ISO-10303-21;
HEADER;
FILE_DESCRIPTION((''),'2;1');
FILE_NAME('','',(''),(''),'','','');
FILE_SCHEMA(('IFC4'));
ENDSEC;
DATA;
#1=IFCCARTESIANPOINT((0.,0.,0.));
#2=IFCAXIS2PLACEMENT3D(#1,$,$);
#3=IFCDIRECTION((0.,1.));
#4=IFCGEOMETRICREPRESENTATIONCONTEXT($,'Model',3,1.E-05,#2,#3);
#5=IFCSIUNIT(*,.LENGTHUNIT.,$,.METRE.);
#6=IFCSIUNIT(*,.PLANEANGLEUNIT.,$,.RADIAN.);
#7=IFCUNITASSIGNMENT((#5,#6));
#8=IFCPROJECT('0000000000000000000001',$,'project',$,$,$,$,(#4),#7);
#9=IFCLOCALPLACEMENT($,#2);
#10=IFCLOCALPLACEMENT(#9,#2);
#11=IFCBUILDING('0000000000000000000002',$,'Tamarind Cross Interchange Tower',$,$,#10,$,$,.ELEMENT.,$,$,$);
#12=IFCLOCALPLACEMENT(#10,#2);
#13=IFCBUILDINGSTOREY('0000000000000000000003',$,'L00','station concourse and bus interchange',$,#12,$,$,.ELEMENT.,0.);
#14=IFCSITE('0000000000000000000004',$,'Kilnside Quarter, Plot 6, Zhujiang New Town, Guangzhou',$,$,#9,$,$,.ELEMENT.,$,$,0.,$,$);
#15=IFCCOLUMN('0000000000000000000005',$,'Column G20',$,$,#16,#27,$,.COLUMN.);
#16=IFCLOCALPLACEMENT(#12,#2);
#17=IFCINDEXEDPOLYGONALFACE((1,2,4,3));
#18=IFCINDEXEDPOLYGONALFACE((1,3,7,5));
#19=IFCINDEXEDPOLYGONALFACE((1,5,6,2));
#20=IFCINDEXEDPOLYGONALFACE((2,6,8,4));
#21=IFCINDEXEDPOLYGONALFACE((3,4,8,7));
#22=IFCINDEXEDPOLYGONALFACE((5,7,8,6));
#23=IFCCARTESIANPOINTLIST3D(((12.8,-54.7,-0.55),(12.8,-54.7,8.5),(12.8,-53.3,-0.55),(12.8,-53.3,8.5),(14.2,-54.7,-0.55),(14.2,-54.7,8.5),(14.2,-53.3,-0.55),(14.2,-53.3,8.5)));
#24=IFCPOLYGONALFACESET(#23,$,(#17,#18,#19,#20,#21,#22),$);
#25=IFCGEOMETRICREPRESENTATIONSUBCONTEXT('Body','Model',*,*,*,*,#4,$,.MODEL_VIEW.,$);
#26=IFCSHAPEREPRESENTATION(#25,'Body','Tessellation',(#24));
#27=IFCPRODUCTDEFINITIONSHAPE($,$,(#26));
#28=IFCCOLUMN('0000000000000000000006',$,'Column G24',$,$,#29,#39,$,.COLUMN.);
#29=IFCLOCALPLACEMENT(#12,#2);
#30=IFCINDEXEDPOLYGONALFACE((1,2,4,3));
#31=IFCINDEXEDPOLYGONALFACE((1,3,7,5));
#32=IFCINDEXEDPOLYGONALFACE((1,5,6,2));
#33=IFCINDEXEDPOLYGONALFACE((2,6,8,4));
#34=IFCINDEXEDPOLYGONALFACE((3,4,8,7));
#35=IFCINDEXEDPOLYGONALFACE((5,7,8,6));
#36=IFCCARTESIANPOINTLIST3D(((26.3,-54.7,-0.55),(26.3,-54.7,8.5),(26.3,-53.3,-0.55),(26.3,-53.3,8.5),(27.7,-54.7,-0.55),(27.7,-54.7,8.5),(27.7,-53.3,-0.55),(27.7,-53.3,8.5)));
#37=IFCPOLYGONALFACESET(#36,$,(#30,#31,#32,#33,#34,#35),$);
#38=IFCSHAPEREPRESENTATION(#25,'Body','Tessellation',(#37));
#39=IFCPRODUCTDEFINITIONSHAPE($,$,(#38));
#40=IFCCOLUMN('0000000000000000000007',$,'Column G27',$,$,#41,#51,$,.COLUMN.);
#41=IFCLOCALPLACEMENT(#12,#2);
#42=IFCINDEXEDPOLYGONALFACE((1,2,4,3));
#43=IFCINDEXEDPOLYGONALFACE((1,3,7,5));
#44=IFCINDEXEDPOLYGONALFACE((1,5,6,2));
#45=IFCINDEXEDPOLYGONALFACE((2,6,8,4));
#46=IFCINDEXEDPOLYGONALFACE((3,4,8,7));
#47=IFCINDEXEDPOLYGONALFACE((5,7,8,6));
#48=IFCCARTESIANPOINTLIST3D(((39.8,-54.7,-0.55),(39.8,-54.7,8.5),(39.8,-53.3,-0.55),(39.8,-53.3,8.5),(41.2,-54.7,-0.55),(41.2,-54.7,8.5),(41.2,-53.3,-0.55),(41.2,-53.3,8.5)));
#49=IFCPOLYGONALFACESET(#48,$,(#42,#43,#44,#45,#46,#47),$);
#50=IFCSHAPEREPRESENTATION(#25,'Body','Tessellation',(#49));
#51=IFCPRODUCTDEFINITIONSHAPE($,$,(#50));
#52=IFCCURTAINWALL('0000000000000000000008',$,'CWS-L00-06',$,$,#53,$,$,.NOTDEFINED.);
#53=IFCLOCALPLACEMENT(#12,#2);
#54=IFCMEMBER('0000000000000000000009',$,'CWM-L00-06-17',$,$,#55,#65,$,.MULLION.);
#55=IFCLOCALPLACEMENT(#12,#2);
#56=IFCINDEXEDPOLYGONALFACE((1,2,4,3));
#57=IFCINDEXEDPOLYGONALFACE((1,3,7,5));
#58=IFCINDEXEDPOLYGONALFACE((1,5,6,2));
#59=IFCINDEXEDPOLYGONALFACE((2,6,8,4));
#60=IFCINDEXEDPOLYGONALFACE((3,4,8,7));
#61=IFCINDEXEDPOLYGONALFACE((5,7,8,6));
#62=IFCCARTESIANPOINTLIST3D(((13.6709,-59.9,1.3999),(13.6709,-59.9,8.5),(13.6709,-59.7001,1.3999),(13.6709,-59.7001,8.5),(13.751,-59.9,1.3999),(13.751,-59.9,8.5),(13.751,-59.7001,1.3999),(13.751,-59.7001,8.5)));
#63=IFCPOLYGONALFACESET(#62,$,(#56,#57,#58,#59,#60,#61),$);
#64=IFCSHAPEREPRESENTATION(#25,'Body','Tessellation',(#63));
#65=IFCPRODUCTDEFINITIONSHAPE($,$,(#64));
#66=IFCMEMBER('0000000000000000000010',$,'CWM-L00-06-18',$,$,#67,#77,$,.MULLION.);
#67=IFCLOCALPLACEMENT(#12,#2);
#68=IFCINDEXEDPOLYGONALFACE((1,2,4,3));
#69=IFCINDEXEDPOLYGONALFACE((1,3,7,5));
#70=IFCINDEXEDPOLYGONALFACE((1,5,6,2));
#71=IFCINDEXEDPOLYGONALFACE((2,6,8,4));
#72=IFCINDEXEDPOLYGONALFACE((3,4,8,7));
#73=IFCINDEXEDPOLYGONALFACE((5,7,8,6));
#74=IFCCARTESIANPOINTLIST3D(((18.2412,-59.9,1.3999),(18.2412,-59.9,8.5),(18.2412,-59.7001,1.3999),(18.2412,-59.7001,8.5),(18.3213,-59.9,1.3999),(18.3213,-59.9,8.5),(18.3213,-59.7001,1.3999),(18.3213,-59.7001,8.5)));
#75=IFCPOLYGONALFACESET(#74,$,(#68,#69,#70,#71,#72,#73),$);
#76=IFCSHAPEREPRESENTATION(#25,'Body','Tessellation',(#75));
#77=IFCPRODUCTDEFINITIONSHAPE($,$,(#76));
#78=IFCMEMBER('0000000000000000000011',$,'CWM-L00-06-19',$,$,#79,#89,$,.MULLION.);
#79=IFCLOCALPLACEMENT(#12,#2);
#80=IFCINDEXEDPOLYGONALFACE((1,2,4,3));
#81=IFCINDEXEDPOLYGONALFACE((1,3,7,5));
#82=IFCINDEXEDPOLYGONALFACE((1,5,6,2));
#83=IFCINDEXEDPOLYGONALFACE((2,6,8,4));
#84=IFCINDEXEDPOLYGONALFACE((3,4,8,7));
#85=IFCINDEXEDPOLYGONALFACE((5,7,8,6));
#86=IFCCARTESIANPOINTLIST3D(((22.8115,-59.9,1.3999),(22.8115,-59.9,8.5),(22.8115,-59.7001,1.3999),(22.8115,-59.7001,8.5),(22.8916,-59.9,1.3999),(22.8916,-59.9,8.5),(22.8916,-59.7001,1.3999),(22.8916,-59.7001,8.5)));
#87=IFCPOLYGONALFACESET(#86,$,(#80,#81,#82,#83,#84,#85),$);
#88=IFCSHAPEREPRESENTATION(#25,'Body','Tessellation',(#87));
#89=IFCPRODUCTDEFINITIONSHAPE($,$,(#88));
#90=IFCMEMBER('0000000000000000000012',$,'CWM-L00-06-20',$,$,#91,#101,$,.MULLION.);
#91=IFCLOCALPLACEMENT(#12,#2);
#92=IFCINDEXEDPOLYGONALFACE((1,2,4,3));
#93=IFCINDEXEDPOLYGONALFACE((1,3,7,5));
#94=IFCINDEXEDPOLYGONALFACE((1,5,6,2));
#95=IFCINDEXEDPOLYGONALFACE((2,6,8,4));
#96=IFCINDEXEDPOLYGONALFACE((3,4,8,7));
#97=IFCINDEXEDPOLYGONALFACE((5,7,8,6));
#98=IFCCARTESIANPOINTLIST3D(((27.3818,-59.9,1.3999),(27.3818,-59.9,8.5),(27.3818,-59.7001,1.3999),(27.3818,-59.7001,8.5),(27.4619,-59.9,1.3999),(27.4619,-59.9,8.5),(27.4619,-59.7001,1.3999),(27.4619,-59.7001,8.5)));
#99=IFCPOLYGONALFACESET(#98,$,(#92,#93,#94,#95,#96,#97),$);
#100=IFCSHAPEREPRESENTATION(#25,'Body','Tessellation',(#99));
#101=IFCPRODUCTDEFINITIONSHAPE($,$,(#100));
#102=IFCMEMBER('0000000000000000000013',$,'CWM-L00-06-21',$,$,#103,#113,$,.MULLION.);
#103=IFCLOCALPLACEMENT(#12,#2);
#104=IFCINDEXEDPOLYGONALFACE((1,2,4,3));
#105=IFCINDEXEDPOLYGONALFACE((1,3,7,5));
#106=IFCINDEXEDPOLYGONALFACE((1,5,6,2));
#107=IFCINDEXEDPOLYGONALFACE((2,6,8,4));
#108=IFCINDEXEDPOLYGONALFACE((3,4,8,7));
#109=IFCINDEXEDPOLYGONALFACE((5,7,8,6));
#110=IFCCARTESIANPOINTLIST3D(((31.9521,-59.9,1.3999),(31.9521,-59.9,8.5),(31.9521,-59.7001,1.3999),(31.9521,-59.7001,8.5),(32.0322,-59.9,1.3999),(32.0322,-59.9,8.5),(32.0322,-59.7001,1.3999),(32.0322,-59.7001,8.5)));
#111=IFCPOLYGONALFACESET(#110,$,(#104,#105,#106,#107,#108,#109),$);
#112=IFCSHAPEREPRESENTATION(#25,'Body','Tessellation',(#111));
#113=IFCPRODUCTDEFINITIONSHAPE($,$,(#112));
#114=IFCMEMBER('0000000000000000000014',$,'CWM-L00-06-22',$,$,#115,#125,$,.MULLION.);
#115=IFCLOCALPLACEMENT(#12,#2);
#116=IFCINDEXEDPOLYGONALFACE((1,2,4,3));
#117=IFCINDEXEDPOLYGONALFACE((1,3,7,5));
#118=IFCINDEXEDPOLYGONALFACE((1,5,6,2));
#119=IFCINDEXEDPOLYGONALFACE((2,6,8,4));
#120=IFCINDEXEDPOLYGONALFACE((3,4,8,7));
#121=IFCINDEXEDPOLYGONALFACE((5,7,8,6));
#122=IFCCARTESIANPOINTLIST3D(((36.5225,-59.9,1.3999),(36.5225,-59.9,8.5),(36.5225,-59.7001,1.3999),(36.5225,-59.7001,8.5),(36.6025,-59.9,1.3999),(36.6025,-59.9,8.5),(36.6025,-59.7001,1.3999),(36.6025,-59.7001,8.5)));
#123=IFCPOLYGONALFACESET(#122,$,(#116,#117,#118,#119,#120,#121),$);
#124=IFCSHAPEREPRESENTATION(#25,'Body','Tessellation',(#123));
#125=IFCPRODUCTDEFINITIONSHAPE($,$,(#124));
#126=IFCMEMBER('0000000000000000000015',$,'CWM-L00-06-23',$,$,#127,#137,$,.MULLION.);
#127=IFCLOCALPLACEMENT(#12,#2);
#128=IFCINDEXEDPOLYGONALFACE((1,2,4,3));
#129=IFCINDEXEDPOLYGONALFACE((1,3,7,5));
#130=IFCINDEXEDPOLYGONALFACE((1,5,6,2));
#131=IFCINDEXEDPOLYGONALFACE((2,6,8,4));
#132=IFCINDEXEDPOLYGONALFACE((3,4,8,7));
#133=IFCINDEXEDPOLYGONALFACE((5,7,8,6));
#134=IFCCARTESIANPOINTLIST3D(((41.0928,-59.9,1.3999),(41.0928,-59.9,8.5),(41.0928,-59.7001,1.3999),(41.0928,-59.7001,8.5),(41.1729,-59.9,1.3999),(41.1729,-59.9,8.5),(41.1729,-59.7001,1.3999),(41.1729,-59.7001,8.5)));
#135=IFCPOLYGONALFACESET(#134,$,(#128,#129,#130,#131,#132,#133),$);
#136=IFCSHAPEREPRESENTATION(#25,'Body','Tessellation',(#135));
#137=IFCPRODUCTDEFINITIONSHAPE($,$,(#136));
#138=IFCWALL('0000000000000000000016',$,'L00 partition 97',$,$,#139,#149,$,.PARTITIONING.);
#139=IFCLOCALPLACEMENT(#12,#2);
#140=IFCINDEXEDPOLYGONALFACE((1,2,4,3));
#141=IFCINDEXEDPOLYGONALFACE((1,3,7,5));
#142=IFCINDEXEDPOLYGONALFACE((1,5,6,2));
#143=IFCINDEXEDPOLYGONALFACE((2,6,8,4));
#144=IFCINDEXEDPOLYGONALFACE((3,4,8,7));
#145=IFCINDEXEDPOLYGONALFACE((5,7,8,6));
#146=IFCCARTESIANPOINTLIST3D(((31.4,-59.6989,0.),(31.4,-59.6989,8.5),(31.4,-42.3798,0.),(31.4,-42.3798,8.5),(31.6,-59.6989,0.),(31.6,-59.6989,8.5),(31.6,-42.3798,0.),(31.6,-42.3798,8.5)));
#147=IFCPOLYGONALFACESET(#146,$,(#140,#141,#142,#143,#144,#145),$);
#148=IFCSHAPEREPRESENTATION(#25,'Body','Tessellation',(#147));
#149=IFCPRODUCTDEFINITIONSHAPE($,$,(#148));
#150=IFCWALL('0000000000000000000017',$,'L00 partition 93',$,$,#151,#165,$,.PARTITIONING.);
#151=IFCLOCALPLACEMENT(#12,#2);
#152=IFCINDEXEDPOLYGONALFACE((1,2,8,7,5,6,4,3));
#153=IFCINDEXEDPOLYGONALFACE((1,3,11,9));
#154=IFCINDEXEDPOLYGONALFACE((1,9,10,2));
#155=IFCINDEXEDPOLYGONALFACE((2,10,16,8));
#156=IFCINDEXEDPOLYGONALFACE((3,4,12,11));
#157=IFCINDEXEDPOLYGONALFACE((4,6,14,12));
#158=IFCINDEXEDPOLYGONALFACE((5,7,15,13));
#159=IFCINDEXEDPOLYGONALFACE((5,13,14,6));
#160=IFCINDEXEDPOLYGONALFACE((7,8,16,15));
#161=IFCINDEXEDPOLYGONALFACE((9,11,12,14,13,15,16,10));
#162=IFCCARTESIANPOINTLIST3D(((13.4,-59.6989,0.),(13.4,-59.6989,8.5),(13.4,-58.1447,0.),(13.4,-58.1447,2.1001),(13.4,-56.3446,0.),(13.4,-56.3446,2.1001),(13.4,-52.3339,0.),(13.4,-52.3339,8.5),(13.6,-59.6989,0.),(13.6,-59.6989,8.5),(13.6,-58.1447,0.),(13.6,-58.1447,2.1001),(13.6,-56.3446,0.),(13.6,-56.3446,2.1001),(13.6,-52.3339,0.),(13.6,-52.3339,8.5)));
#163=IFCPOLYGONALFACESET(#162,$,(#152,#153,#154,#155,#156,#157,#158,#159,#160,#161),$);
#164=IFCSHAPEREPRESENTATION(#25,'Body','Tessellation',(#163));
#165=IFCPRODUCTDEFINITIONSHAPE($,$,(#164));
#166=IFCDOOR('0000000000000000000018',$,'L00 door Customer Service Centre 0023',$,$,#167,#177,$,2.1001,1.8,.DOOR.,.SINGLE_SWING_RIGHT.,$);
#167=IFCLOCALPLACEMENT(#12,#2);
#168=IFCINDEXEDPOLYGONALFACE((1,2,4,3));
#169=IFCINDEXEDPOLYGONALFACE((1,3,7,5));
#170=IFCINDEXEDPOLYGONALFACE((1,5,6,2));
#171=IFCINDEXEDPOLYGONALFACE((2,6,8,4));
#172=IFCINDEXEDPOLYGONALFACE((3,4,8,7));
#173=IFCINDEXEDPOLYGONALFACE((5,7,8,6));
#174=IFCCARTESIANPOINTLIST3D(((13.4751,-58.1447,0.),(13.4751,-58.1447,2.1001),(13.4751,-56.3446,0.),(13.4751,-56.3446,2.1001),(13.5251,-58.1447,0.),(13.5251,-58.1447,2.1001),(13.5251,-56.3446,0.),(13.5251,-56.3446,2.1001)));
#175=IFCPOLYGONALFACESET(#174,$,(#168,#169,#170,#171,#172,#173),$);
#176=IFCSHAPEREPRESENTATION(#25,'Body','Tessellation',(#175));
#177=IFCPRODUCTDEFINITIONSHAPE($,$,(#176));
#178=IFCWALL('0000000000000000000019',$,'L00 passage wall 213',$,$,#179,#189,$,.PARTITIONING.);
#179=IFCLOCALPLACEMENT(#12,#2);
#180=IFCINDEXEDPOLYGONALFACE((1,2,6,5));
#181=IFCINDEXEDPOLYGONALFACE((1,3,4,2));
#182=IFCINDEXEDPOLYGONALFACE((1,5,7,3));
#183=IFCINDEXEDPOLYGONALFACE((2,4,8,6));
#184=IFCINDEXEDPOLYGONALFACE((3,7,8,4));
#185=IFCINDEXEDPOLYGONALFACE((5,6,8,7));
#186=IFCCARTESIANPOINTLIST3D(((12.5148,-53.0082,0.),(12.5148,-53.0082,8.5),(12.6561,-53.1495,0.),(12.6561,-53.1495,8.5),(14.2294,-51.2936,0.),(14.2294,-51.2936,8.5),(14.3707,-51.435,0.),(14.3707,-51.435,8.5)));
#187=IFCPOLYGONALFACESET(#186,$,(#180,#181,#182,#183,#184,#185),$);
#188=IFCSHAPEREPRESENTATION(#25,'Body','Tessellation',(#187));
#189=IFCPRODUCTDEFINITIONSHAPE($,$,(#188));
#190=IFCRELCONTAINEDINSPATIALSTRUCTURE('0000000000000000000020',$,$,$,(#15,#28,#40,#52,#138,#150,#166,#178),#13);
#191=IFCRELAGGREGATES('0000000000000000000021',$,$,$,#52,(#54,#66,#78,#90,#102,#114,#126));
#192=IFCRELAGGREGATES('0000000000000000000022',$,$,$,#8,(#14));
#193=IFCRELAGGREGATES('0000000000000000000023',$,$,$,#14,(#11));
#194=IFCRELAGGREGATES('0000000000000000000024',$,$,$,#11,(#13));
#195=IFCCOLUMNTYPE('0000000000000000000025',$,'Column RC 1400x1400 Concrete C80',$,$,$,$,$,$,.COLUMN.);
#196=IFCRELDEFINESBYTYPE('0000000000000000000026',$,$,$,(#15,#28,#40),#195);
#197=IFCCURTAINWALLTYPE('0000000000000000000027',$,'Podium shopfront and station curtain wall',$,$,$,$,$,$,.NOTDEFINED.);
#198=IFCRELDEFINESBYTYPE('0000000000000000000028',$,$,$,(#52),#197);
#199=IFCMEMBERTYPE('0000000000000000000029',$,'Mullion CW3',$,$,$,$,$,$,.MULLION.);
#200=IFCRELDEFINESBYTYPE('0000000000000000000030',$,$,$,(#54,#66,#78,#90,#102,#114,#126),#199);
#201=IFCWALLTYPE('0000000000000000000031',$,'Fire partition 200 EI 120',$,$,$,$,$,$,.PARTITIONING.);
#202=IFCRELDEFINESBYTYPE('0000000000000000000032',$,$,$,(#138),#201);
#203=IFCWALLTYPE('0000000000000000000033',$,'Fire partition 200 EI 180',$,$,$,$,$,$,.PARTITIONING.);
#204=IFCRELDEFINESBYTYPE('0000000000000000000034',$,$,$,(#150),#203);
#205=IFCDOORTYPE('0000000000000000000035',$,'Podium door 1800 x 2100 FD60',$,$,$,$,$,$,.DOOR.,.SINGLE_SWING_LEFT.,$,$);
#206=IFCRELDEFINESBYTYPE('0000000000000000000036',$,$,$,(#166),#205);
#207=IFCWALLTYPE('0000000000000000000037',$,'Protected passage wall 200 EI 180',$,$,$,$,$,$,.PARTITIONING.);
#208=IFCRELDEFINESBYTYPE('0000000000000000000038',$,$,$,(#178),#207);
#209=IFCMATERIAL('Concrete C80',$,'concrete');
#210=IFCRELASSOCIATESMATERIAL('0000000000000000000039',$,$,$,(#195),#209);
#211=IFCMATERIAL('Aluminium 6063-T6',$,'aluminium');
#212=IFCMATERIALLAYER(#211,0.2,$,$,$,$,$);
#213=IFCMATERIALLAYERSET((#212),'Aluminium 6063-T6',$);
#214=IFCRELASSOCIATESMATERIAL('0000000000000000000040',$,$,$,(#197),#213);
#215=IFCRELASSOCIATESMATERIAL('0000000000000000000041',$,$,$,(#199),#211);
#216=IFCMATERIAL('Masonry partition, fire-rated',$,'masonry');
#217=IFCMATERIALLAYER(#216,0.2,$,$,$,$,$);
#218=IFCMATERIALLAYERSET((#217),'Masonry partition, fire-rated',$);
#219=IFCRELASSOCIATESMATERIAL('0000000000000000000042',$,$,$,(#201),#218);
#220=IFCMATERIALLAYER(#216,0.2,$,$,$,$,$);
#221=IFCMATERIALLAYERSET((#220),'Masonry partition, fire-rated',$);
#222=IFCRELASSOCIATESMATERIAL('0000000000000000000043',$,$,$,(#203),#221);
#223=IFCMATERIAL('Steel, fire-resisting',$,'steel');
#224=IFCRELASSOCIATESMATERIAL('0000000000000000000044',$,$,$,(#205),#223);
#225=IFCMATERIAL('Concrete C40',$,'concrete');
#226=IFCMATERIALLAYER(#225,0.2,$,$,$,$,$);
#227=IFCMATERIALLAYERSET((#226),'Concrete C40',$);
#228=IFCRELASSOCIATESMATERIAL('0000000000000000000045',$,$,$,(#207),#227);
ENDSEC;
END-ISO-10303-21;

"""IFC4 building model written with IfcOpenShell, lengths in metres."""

from ifc_helpers import new_model, si_unit, direction, frame, frame_2d, origin, origin_2d, place, context, subcontext, project, spatial, rectangle, extrude, material, layer, layer_set, material_profile, profile_set, type_object, element, fill, aggregate, save


model = new_model("IFC4")

# Units and contexts
model_context = context("Model", 3, precision=1e-05, world=origin(), true_north=direction((0.0, 1.0)))
body_context = subcontext(model_context, "Body", "Model", "MODEL_VIEW")
ifc_project = project(units=[si_unit("LENGTHUNIT", "METRE"), si_unit("PLANEANGLEUNIT", "RADIAN")], contexts=[model_context])

# Site, building, storey
site_placement = place(None, origin())
site = spatial("IfcSite", under=ifc_project, at=site_placement, Name="Kilnside Quarter, Plot 6, Zhujiang New Town, Guangzhou", CompositionType="ELEMENT", RefElevation=0.0)
building_placement = place(site_placement, origin())
building = spatial("IfcBuilding", under=site, at=building_placement, Name="Tamarind Cross Interchange Tower", CompositionType="ELEMENT")
storey_placement = place(building_placement, origin())
storey = spatial("IfcBuildingStorey", under=building, at=storey_placement, Name="L00", Description="station concourse and bus interchange", CompositionType="ELEMENT", Elevation=0.0)

# Columns
ifc_material_1 = material(Name="Concrete C80", Category="concrete")
ifc_material_profile_1 = material_profile(ifc_material_1, rectangle(XDim=1.3999, YDim=1.3999, at=origin_2d()), Name="RC 1400x1400")
ifc_profile_set_1 = profile_set([ifc_material_profile_1], Name="Concrete C80")
column_type = type_object("IfcColumnType", Name="Column RC 1400x1400 Concrete C80", PredefinedType="COLUMN", material=ifc_profile_set_1)
for number, where, z_axis, x_axis, name in (
    (1, (13.5, -54.0, -0.55), (0.0, 0.0, 1.0), (1.0, 0.0, 0.0), "Column G20"),
    (2, (27.0, -54.0, -0.55), (0.0, 0.0, 1.0), (1.0, 0.0, 0.0), "Column G24"),
    (3, (40.5, -54.0, -0.55), (0.0, 0.0, 1.0), (1.0, 0.0, 0.0), "Column G27"),
):
    element("IfcColumn", number, at=place(storey_placement, frame(where, z_axis=z_axis, x_axis=x_axis)), inside=storey, type_object=column_type, Name=name, PredefinedType="COLUMN", context=body_context, shape_type="SweptSolid", body=[
        extrude(rectangle(XDim=1.3999, YDim=1.3999, at=origin_2d()), origin(), (0.0, 0.0, 1.0), 9.05),
    ])

# Curtain wall, members
ifc_material_2 = material(Name="Aluminium 6063-T6", Category="aluminium")
ifc_layer_1 = layer(ifc_material_2, 0.2)
ifc_layer_set_1 = layer_set([ifc_layer_1], Name="Aluminium 6063-T6")
curtain_wall_type = type_object("IfcCurtainWallType", Name="Podium shopfront and station curtain wall", PredefinedType="NOTDEFINED", material=ifc_layer_set_1)
curtain_wall_placement = place(storey_placement, origin())
curtain_wall = element("IfcCurtainWall", 4, at=curtain_wall_placement, inside=storey, type_object=curtain_wall_type, Name="CWS-L00-06", PredefinedType="NOTDEFINED")
ifc_material_profile_2 = material_profile(ifc_material_2, rectangle(XDim=0.0801, YDim=0.2, at=origin_2d()), Name="Mullion CW3")
ifc_profile_set_2 = profile_set([ifc_material_profile_2], Name="Aluminium 6063-T6")
member_type = type_object("IfcMemberType", Name="Mullion CW3", PredefinedType="MULLION", material=ifc_profile_set_2)
member_1_placement = place(storey_placement, frame((13.7109, -59.8, 1.3999), z_axis=(0.0, 0.0, 1.0), x_axis=(1.0, 0.0, 0.0)))
member_1 = element("IfcMember", 5, at=member_1_placement, type_object=member_type, Name="CWM-L00-06-17", PredefinedType="MULLION", context=body_context, shape_type="SweptSolid", body=[
    extrude(rectangle(XDim=0.0801, YDim=0.2, at=origin_2d()), origin(), (0.0, 0.0, 1.0), 7.1001),
])
member_2_placement = place(storey_placement, frame((18.2812, -59.8, 1.3999), z_axis=(0.0, 0.0, 1.0), x_axis=(1.0, 0.0, 0.0)))
member_2 = element("IfcMember", 6, at=member_2_placement, type_object=member_type, Name="CWM-L00-06-18", PredefinedType="MULLION", context=body_context, shape_type="SweptSolid", body=[
    extrude(rectangle(XDim=0.0801, YDim=0.2, at=origin_2d()), origin(), (0.0, 0.0, 1.0), 7.1001),
])
member_3_placement = place(storey_placement, frame((22.8516, -59.8, 1.3999), z_axis=(0.0, 0.0, 1.0), x_axis=(1.0, 0.0, 0.0)))
member_3 = element("IfcMember", 7, at=member_3_placement, type_object=member_type, Name="CWM-L00-06-19", PredefinedType="MULLION", context=body_context, shape_type="SweptSolid", body=[
    extrude(rectangle(XDim=0.0801, YDim=0.2, at=origin_2d()), origin(), (0.0, 0.0, 1.0), 7.1001),
])
member_4_placement = place(storey_placement, frame((27.4219, -59.8, 1.3999), z_axis=(0.0, 0.0, 1.0), x_axis=(1.0, 0.0, 0.0)))
member_4 = element("IfcMember", 8, at=member_4_placement, type_object=member_type, Name="CWM-L00-06-20", PredefinedType="MULLION", context=body_context, shape_type="SweptSolid", body=[
    extrude(rectangle(XDim=0.0801, YDim=0.2, at=origin_2d()), origin(), (0.0, 0.0, 1.0), 7.1001),
])
member_5_placement = place(storey_placement, frame((31.9922, -59.8, 1.3999), z_axis=(0.0, 0.0, 1.0), x_axis=(1.0, 0.0, 0.0)))
member_5 = element("IfcMember", 9, at=member_5_placement, type_object=member_type, Name="CWM-L00-06-21", PredefinedType="MULLION", context=body_context, shape_type="SweptSolid", body=[
    extrude(rectangle(XDim=0.0801, YDim=0.2, at=origin_2d()), origin(), (0.0, 0.0, 1.0), 7.1001),
])
member_6_placement = place(storey_placement, frame((36.5625, -59.8, 1.3999), z_axis=(0.0, 0.0, 1.0), x_axis=(1.0, 0.0, 0.0)))
member_6 = element("IfcMember", 10, at=member_6_placement, type_object=member_type, Name="CWM-L00-06-22", PredefinedType="MULLION", context=body_context, shape_type="SweptSolid", body=[
    extrude(rectangle(XDim=0.0801, YDim=0.2, at=origin_2d()), origin(), (0.0, 0.0, 1.0), 7.1001),
])
member_7_placement = place(storey_placement, frame((41.1328, -59.8, 1.3999), z_axis=(0.0, 0.0, 1.0), x_axis=(1.0, 0.0, 0.0)))
member_7 = element("IfcMember", 11, at=member_7_placement, type_object=member_type, Name="CWM-L00-06-23", PredefinedType="MULLION", context=body_context, shape_type="SweptSolid", body=[
    extrude(rectangle(XDim=0.0801, YDim=0.2, at=origin_2d()), origin(), (0.0, 0.0, 1.0), 7.1001),
])
aggregate(curtain_wall, [member_1, member_2, member_3, member_4, member_5, member_6, member_7])

# Wall
ifc_material_3 = material(Name="Masonry partition, fire-rated", Category="masonry")
ifc_layer_2 = layer(ifc_material_3, 0.2)
ifc_layer_set_2 = layer_set([ifc_layer_2], Name="Masonry partition, fire-rated")
wall_type_1 = type_object("IfcWallType", Name="Fire partition 200 EI 120", PredefinedType="PARTITIONING", material=ifc_layer_set_2)
wall_1_placement = place(storey_placement, frame((31.5, -59.699, 0.0), z_axis=(0.0, 0.0, 1.0), x_axis=(0.0, 1.0, 0.0)))
element("IfcWall", 12, at=wall_1_placement, inside=storey, type_object=wall_type_1, Name="L00 partition 97", PredefinedType="PARTITIONING", context=body_context, shape_type="SweptSolid", body=[
    extrude(rectangle(XDim=17.3191, YDim=0.2, at=frame_2d((8.6597, 0.0))), origin(), (0.0, 0.0, 1.0), 8.5),
])

# Wall, opening, door
ifc_layer_3 = layer(ifc_material_3, 0.2)
ifc_layer_set_3 = layer_set([ifc_layer_3], Name="Masonry partition, fire-rated")
wall_type_2 = type_object("IfcWallType", Name="Fire partition 200 EI 180", PredefinedType="PARTITIONING", material=ifc_layer_set_3)
wall_2_placement = place(storey_placement, frame((13.5, -59.699, 0.0), z_axis=(0.0, 0.0, 1.0), x_axis=(0.0, 1.0, 0.0)))
wall_2 = element("IfcWall", 13, at=wall_2_placement, inside=storey, type_object=wall_type_2, Name="L00 partition 93", PredefinedType="PARTITIONING", context=body_context, shape_type="SweptSolid", body=[
    extrude(rectangle(XDim=7.365, YDim=0.2, at=frame_2d((3.6826, 0.0))), origin(), (0.0, 0.0, 1.0), 8.5),
])
opening_1_placement = place(wall_2_placement, frame((1.5544, 0.0, 0.0)))
opening_1 = element("IfcOpeningElement", 14, at=opening_1_placement, cuts=wall_2, PredefinedType="OPENING", context=body_context, shape_type="SweptSolid", body=[
    extrude(rectangle(XDim=1.8, YDim=2.1001, at=frame_2d((0.8999, 1.05))), frame((0.0, 0.1099, 0.0), z_axis=(0.0, -1.0, 0.0), x_axis=(1.0, 0.0, 0.0)), (0.0, 0.0, 1.0), 0.22),
])
ifc_material_4 = material(Name="Steel, fire-resisting", Category="steel")
door_type_1 = type_object("IfcDoorType", Name="Podium door 1800 x 2100 FD60", OperationType="SINGLE_SWING_LEFT", PredefinedType="DOOR", material=ifc_material_4)
door_1_placement = place(opening_1_placement, origin())
door_1 = element("IfcDoor", 15, at=door_1_placement, inside=storey, type_object=door_type_1, Name="L00 door Customer Service Centre 0023", OperationType="SINGLE_SWING_RIGHT", OverallHeight=2.1001, OverallWidth=1.8, PredefinedType="DOOR", context=body_context, shape_type="SweptSolid", body=[
    extrude(rectangle(XDim=1.8, YDim=2.1001, at=frame_2d((0.8999, 1.05))), frame((0.0, 0.0249, 0.0), z_axis=(0.0, -1.0, 0.0), x_axis=(1.0, 0.0, 0.0)), (0.0, 0.0, 1.0), 0.05),
])
fill(opening_1, door_1)

# Wall
ifc_material_5 = material(Name="Concrete C40", Category="concrete")
ifc_layer_4 = layer(ifc_material_5, 0.2)
ifc_layer_set_4 = layer_set([ifc_layer_4], Name="Concrete C40")
wall_type_3 = type_object("IfcWallType", Name="Protected passage wall 200 EI 180", PredefinedType="PARTITIONING", material=ifc_layer_set_4)
wall_3_placement = place(storey_placement, frame((14.3, -51.3643, 0.0), z_axis=(0.0, 0.0, 1.0), x_axis=(-0.707107, -0.707107, 0.0)))
element("IfcWall", 16, at=wall_3_placement, inside=storey, type_object=wall_type_3, Name="L00 passage wall 213", PredefinedType="PARTITIONING", context=body_context, shape_type="SweptSolid", body=[
    extrude(rectangle(XDim=2.4248, YDim=0.2, at=frame_2d((1.2124, 0.0))), origin(), (0.0, 0.0, 1.0), 8.5),
])

save(model, "model.ifc")
